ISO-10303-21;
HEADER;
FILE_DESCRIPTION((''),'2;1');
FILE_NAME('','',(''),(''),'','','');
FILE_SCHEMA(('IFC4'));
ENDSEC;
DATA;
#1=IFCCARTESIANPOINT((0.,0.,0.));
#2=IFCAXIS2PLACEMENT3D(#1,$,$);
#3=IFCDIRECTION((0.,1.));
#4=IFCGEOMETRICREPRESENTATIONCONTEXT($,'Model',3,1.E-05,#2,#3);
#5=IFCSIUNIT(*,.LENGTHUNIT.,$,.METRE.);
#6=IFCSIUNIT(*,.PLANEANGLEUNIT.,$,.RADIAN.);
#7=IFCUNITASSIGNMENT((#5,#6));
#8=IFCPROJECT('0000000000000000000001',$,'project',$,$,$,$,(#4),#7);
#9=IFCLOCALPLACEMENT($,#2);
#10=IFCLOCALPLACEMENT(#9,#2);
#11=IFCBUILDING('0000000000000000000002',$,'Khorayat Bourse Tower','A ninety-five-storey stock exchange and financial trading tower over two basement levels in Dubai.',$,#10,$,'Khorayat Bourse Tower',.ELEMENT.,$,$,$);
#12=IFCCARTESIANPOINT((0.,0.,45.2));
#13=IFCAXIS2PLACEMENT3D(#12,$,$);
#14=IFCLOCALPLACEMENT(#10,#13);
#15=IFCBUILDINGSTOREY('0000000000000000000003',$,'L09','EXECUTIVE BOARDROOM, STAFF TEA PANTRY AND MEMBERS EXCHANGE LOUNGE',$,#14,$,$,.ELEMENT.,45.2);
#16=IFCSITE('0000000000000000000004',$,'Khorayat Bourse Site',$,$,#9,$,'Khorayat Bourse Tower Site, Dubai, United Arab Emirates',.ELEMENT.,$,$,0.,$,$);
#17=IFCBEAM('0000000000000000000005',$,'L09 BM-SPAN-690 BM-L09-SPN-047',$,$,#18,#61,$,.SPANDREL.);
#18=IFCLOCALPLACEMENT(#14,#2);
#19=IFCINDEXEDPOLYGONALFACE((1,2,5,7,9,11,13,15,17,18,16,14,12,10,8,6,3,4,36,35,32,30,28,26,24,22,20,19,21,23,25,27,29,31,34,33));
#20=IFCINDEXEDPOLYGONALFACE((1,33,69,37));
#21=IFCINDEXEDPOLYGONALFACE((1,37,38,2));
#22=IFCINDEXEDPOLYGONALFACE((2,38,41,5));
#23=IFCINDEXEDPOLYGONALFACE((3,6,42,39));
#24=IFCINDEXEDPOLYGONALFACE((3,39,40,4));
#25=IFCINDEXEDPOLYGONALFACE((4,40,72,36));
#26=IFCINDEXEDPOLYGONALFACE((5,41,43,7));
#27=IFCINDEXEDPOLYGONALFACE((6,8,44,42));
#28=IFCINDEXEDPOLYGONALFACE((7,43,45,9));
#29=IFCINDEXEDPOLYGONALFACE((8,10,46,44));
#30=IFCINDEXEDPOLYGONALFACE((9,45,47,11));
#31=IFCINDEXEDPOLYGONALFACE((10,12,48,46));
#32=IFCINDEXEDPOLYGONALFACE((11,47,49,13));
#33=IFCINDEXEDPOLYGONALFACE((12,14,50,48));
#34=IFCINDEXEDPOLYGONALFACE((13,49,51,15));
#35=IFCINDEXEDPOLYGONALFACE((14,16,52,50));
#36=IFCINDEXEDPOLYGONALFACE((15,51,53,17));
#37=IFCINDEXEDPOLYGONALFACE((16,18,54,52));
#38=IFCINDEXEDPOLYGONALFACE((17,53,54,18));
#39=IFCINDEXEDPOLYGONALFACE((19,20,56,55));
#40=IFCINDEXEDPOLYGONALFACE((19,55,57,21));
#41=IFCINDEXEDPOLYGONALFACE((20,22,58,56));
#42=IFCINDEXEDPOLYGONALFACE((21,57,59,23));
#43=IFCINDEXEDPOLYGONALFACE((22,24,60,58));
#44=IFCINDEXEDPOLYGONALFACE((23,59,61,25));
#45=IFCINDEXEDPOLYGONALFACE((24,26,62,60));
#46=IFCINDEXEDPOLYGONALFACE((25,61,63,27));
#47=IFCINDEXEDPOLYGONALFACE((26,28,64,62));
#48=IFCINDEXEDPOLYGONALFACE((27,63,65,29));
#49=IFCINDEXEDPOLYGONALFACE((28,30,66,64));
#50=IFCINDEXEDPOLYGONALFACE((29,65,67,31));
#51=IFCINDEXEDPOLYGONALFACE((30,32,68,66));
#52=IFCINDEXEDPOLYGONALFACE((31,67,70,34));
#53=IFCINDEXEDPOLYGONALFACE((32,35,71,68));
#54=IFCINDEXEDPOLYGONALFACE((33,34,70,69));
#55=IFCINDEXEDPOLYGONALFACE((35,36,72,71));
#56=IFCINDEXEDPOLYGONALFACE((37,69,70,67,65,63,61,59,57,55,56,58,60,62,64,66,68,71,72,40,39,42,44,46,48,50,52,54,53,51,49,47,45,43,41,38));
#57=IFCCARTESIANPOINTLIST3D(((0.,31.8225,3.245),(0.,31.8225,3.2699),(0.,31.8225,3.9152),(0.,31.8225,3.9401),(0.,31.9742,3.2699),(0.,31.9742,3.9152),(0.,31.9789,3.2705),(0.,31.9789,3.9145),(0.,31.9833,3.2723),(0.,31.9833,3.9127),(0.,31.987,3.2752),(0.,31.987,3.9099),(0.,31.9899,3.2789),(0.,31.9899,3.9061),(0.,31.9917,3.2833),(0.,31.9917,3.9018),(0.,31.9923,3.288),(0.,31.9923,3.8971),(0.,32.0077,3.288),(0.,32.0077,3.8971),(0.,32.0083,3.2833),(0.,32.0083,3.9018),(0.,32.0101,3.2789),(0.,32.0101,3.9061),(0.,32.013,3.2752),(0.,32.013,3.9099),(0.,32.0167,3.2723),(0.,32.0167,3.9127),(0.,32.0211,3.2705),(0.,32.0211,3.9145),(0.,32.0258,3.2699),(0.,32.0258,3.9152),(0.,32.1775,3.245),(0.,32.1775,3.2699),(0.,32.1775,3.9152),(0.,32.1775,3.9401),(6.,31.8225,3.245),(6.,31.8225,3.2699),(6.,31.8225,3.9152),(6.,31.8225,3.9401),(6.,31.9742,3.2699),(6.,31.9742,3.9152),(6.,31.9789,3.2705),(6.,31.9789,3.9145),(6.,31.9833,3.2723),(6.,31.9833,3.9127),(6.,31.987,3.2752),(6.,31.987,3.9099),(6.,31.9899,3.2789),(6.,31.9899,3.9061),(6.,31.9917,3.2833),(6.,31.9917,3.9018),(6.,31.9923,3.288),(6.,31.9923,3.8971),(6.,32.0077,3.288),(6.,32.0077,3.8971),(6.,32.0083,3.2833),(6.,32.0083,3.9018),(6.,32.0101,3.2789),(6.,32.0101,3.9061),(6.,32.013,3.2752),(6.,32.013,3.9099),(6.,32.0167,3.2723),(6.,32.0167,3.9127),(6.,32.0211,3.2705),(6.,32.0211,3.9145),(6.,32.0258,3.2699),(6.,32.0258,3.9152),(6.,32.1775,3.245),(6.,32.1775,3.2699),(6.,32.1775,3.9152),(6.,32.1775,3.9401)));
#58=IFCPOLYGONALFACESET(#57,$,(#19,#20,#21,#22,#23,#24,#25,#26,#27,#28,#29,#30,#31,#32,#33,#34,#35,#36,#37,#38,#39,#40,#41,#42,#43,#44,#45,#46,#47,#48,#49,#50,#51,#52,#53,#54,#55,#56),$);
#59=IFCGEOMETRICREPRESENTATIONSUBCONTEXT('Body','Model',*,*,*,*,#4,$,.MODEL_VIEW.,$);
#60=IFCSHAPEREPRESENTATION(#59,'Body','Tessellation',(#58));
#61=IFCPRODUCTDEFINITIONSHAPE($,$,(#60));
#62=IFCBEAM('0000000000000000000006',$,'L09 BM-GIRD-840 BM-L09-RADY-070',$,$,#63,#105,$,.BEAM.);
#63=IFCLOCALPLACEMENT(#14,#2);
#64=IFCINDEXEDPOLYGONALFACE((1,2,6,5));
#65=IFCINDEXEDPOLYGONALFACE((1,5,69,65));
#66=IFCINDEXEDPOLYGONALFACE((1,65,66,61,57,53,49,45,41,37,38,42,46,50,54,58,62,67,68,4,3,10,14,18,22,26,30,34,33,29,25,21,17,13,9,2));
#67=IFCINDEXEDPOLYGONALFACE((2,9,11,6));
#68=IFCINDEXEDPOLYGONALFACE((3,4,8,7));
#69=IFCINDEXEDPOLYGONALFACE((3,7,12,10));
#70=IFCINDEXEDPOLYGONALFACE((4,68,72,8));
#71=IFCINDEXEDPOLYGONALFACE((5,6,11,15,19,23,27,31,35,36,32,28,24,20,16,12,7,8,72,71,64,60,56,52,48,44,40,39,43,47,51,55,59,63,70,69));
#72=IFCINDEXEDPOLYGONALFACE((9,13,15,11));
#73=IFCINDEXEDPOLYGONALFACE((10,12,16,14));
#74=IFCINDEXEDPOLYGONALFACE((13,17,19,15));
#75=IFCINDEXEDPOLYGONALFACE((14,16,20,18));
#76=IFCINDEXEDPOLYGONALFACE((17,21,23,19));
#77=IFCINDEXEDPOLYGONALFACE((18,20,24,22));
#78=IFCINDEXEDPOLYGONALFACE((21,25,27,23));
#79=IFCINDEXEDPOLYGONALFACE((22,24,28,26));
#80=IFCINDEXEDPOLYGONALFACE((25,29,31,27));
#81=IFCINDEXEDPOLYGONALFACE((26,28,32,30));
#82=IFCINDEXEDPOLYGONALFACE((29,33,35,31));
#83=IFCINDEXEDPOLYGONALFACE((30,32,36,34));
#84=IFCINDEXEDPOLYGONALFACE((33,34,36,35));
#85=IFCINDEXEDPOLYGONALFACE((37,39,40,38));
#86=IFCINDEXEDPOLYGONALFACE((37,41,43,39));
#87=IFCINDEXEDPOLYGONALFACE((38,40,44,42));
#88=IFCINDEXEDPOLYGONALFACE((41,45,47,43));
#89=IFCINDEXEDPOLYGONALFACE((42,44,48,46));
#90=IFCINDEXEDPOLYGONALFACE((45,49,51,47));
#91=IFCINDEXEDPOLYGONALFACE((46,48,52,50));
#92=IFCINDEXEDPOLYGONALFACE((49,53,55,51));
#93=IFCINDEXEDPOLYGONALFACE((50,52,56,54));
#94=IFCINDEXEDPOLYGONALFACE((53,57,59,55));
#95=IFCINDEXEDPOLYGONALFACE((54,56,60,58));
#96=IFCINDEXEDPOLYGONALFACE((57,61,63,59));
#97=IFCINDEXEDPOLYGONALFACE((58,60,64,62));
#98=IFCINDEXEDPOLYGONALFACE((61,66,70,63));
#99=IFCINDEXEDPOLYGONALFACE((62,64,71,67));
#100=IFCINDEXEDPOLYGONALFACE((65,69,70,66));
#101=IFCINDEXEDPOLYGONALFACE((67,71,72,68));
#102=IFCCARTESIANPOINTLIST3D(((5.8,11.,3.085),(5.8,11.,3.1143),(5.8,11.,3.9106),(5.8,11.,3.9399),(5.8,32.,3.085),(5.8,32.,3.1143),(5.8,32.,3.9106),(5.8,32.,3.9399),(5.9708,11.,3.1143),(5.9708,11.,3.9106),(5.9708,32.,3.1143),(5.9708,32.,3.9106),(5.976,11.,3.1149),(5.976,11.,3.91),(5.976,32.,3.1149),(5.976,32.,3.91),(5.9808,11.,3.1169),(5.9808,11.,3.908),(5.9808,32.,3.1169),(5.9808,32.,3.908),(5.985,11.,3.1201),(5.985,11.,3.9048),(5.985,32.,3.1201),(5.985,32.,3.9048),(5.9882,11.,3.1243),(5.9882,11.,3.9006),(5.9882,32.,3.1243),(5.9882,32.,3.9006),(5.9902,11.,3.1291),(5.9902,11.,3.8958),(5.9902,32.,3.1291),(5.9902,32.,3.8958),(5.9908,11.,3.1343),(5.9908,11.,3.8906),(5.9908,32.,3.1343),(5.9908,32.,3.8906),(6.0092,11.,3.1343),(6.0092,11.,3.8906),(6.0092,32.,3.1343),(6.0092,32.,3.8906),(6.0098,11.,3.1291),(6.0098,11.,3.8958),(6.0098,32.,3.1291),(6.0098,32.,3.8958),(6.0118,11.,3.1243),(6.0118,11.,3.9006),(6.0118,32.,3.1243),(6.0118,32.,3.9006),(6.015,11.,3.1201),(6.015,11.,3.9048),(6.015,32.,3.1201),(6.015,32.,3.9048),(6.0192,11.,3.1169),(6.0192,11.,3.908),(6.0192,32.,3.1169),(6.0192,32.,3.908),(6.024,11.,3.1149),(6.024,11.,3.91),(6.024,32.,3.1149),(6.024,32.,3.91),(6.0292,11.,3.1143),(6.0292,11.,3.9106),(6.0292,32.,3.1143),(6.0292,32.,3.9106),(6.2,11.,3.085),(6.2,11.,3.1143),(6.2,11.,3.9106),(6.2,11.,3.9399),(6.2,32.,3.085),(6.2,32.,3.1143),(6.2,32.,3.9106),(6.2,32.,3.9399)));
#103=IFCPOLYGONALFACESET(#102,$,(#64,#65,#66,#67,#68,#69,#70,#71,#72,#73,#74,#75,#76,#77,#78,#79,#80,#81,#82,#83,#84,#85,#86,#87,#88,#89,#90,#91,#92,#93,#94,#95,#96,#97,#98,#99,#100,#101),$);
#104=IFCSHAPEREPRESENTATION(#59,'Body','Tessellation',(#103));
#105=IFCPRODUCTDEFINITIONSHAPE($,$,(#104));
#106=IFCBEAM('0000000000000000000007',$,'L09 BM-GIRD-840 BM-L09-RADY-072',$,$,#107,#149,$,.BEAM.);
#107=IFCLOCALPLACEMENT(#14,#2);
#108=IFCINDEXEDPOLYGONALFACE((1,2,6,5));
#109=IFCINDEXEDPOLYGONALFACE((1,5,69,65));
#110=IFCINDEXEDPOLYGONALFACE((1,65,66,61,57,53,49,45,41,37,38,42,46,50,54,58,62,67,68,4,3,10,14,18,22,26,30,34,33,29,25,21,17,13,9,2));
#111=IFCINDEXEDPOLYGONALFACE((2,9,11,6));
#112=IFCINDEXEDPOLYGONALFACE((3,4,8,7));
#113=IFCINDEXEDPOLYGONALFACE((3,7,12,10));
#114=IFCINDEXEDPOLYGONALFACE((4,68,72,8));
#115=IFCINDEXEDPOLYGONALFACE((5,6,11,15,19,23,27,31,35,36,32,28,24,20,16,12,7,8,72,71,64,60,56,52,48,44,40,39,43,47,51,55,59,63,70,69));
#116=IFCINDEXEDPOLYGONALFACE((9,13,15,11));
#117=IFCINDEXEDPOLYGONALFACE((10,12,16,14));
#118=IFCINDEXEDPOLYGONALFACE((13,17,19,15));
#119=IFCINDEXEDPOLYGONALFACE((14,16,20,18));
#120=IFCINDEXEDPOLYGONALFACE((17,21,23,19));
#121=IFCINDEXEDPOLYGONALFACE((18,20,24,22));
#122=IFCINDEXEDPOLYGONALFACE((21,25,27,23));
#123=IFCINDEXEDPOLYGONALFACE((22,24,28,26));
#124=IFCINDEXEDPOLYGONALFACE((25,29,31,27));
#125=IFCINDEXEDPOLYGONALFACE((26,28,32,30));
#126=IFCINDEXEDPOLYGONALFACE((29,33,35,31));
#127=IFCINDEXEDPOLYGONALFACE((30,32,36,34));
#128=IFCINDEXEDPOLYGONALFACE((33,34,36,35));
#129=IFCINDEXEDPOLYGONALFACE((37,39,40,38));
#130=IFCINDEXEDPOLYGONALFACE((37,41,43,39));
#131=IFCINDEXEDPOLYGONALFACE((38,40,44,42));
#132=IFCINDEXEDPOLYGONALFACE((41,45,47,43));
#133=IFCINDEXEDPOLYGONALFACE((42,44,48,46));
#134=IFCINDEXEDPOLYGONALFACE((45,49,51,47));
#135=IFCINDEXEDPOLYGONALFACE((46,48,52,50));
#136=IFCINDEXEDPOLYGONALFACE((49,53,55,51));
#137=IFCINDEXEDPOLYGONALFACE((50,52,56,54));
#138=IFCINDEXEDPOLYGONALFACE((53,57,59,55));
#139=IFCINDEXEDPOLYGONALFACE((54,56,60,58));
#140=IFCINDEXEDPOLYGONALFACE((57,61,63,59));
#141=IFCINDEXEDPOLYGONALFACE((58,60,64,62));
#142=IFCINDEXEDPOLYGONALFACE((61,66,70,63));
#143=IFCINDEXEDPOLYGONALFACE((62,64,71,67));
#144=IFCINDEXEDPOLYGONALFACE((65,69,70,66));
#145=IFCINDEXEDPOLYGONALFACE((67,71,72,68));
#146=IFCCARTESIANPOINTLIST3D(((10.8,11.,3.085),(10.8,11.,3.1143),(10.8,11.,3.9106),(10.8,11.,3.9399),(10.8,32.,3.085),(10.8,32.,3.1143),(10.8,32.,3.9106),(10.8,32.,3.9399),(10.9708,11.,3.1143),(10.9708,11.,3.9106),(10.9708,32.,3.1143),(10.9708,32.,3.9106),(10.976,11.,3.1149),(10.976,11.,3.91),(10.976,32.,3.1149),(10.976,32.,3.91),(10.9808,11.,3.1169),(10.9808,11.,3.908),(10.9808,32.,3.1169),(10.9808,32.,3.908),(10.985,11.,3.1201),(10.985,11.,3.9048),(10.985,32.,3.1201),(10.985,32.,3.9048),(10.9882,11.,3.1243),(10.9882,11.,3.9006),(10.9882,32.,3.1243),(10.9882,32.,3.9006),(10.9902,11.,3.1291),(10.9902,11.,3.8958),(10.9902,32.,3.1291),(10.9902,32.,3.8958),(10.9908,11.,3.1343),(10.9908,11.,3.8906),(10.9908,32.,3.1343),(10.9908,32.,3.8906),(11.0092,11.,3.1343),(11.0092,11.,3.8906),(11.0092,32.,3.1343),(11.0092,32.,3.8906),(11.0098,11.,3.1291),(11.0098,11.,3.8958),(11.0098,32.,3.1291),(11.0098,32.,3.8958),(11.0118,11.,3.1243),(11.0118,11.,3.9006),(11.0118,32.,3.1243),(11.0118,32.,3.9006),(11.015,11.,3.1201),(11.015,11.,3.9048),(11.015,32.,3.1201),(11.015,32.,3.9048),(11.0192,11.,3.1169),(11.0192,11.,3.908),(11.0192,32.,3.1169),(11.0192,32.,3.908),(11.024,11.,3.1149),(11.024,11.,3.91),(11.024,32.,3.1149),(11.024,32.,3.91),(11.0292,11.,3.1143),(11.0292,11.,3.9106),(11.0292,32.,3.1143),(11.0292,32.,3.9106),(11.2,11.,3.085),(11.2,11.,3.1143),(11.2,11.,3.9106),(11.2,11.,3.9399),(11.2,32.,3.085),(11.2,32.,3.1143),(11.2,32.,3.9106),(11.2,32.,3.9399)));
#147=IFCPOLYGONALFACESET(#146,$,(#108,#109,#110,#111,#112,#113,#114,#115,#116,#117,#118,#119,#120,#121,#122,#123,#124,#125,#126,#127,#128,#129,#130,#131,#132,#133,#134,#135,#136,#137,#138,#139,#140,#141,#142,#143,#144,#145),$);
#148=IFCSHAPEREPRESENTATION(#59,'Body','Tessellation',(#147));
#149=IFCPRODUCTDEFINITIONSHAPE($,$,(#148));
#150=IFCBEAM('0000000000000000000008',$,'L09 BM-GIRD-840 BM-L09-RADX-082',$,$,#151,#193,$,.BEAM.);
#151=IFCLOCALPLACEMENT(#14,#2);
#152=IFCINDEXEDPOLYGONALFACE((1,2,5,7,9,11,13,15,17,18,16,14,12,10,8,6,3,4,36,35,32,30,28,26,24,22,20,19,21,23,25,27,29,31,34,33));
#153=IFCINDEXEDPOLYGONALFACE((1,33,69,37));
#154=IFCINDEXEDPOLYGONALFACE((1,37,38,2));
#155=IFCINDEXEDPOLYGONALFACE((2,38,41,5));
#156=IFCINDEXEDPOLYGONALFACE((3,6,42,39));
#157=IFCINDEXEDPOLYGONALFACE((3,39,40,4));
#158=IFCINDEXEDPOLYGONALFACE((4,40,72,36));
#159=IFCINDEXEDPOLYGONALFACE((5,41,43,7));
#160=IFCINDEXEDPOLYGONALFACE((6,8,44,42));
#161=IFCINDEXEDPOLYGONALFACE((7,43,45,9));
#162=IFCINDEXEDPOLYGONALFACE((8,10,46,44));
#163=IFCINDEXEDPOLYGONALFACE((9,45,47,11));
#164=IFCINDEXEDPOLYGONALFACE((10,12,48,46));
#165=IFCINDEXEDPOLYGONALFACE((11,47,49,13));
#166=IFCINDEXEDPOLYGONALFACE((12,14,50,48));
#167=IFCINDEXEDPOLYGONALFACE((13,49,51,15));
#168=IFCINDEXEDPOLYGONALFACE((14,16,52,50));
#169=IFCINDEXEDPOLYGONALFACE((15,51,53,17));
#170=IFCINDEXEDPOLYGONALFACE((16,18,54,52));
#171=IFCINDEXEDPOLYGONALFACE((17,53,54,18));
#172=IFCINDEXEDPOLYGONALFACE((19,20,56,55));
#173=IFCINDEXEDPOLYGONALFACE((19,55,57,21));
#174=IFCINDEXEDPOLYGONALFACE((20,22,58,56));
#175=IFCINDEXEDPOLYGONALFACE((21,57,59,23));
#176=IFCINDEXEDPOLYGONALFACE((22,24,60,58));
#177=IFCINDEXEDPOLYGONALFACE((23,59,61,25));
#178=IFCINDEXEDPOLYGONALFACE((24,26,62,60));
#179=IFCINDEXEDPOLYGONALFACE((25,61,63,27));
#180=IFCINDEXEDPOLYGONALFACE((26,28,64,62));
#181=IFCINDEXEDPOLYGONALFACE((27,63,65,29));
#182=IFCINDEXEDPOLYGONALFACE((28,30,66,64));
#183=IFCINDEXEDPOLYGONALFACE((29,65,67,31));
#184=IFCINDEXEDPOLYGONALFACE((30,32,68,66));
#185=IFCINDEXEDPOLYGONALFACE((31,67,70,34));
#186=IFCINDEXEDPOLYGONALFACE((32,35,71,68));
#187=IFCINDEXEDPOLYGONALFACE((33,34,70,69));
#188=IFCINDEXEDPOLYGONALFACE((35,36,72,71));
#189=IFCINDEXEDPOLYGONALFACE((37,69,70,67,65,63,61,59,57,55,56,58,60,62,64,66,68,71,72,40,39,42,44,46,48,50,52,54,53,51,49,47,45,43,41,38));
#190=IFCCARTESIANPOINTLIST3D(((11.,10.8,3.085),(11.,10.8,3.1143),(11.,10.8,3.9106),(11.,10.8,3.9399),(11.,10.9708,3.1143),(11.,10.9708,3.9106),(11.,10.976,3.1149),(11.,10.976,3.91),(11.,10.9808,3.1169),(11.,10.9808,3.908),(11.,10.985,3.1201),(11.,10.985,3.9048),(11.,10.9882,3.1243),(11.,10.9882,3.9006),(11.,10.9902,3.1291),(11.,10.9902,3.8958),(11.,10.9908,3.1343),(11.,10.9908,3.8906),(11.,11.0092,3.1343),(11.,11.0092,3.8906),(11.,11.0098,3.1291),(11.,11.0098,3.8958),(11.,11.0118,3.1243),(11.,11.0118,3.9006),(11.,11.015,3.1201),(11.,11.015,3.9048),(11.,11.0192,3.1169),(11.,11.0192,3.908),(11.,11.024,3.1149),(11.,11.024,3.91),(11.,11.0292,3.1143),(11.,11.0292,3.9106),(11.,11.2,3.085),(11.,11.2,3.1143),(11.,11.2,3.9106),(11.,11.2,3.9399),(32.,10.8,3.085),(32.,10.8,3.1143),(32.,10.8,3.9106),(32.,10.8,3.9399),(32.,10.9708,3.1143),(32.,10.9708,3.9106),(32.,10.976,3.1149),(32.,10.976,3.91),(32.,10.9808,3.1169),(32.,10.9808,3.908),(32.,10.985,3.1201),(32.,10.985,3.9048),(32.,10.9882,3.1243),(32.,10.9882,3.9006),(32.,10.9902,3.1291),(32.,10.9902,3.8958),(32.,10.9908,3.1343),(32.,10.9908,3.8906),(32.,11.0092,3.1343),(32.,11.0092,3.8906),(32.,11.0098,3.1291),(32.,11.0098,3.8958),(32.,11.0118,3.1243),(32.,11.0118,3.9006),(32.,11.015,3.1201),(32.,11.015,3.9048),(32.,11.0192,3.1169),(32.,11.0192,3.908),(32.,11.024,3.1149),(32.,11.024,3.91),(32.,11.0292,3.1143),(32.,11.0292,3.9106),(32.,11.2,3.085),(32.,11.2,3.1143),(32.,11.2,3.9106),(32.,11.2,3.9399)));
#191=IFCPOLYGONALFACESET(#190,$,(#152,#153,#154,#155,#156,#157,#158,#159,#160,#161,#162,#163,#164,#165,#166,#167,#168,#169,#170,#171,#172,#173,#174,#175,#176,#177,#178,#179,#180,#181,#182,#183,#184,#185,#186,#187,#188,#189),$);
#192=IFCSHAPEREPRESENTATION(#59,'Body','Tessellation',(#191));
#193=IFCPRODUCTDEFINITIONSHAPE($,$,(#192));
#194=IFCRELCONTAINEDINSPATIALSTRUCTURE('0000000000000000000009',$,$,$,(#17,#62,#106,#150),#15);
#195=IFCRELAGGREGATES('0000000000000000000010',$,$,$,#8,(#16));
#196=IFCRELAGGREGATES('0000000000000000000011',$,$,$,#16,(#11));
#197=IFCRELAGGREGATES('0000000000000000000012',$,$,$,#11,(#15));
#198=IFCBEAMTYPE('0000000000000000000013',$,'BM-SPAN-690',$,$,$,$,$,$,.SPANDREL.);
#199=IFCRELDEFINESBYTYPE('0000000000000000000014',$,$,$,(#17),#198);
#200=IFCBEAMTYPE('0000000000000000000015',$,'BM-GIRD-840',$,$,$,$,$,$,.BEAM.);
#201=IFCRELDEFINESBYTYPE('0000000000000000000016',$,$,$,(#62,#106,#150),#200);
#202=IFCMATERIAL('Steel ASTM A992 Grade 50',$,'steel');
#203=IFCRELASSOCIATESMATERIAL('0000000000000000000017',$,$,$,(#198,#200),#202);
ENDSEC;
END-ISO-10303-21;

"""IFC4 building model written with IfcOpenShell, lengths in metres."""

from ifc_helpers import new_model, si_unit, direction, frame, origin, origin_2d, place, context, subcontext, project, spatial, i_section, extrude, source, transform, mapped, material, material_profile, profile_set, type_object, element, save


model = new_model("IFC4")

# Units and contexts
model_context = context("Model", 3, precision=1e-05, world=origin(), true_north=direction((0.0, 1.0)))
body_context = subcontext(model_context, "Body", "Model", "MODEL_VIEW")
ifc_project = project(units=[si_unit("LENGTHUNIT", "METRE"), si_unit("PLANEANGLEUNIT", "RADIAN")], contexts=[model_context])

# Site, building, storey
site_placement = place(None, origin())
site = spatial("IfcSite", under=ifc_project, at=site_placement, Name="Khorayat Bourse Site", LongName="Khorayat Bourse Tower Site, Dubai, United Arab Emirates", CompositionType="ELEMENT", RefElevation=0.0)
building_placement = place(site_placement, origin())
building = spatial("IfcBuilding", under=site, at=building_placement, Name="Khorayat Bourse Tower", Description="A ninety-five-storey stock exchange and financial trading tower over two basement levels in Dubai.", LongName="Khorayat Bourse Tower", CompositionType="ELEMENT")
storey_placement = place(building_placement, frame((0.0, 0.0, 45.2)))
storey = spatial("IfcBuildingStorey", under=building, at=storey_placement, Name="L09", Description="EXECUTIVE BOARDROOM, STAFF TEA PANTRY AND MEMBERS EXCHANGE LOUNGE", CompositionType="ELEMENT", Elevation=45.2)

# Beams
ifc_material_1 = material(Name="Steel ASTM A992 Grade 50", Category="steel")
ifc_material_profile_1 = material_profile(ifc_material_1, i_section(OverallWidth=0.355, OverallDepth=0.6951, WebThickness=0.0154, FlangeThickness=0.0249, FilletRadius=0.0181, at=origin_2d()), Name="W690X217")
ifc_profile_set_1 = profile_set([ifc_material_profile_1], Name="Steel ASTM A992 Grade 50")
beam_type_1 = type_object("IfcBeamType", Name="BM-SPAN-690", PredefinedType="SPANDREL", material=ifc_profile_set_1)
shared_shape_1 = source(origin(), body_context, "Body", "SweptSolid", [
    extrude(i_section(OverallWidth=0.355, OverallDepth=0.6951, WebThickness=0.0154, FlangeThickness=0.0249, FilletRadius=0.0181, at=origin_2d()), origin(), (0.0, 0.0, 1.0), 6.0),
])
beam_1_placement = place(storey_placement, frame((0.0, 32.0, 3.5925), z_axis=(1.0, 0.0, 0.0), x_axis=(0.0, 1.0, 0.0)))
element("IfcBeam", 1, at=beam_1_placement, inside=storey, type_object=beam_type_1, Name="L09 BM-SPAN-690 BM-L09-SPN-047", PredefinedType="SPANDREL", context=body_context, shape_type="MappedRepresentation", body=[
    mapped(shared_shape_1, transform((0.0, 0.0, 0.0), scale=1.0)),
])
ifc_material_profile_2 = material_profile(ifc_material_1, i_section(OverallWidth=0.3999, OverallDepth=0.855, WebThickness=0.0183, FlangeThickness=0.0293, FilletRadius=0.02, at=origin_2d()), Name="W840X299")
ifc_profile_set_2 = profile_set([ifc_material_profile_2], Name="Steel ASTM A992 Grade 50")
beam_type_2 = type_object("IfcBeamType", Name="BM-GIRD-840", PredefinedType="BEAM", material=ifc_profile_set_2)
shared_shape_2 = source(origin(), body_context, "Body", "SweptSolid", [
    extrude(i_section(OverallWidth=0.3999, OverallDepth=0.855, WebThickness=0.0183, FlangeThickness=0.0293, FilletRadius=0.02, at=origin_2d()), origin(), (0.0, 0.0, 1.0), 21.0),
])
for number, where, z_axis, x_axis, name in (
    (2, (6.0, 11.0, 3.5125), (0.0, 1.0, 0.0), (-1.0, 0.0, 0.0), "L09 BM-GIRD-840 BM-L09-RADY-070"),
    (3, (11.0, 11.0, 3.5125), (0.0, 1.0, 0.0), (-1.0, 0.0, 0.0), "L09 BM-GIRD-840 BM-L09-RADY-072"),
    (4, (11.0, 11.0, 3.5125), (1.0, 0.0, 0.0), (0.0, 1.0, 0.0), "L09 BM-GIRD-840 BM-L09-RADX-082"),
):
    element("IfcBeam", number, at=place(storey_placement, frame(where, z_axis=z_axis, x_axis=x_axis)), inside=storey, type_object=beam_type_2, Name=name, PredefinedType="BEAM", context=body_context, shape_type="MappedRepresentation", body=[
        mapped(shared_shape_2, transform((0.0, 0.0, 0.0), scale=1.0)),
    ])

save(model, "model.ifc")
